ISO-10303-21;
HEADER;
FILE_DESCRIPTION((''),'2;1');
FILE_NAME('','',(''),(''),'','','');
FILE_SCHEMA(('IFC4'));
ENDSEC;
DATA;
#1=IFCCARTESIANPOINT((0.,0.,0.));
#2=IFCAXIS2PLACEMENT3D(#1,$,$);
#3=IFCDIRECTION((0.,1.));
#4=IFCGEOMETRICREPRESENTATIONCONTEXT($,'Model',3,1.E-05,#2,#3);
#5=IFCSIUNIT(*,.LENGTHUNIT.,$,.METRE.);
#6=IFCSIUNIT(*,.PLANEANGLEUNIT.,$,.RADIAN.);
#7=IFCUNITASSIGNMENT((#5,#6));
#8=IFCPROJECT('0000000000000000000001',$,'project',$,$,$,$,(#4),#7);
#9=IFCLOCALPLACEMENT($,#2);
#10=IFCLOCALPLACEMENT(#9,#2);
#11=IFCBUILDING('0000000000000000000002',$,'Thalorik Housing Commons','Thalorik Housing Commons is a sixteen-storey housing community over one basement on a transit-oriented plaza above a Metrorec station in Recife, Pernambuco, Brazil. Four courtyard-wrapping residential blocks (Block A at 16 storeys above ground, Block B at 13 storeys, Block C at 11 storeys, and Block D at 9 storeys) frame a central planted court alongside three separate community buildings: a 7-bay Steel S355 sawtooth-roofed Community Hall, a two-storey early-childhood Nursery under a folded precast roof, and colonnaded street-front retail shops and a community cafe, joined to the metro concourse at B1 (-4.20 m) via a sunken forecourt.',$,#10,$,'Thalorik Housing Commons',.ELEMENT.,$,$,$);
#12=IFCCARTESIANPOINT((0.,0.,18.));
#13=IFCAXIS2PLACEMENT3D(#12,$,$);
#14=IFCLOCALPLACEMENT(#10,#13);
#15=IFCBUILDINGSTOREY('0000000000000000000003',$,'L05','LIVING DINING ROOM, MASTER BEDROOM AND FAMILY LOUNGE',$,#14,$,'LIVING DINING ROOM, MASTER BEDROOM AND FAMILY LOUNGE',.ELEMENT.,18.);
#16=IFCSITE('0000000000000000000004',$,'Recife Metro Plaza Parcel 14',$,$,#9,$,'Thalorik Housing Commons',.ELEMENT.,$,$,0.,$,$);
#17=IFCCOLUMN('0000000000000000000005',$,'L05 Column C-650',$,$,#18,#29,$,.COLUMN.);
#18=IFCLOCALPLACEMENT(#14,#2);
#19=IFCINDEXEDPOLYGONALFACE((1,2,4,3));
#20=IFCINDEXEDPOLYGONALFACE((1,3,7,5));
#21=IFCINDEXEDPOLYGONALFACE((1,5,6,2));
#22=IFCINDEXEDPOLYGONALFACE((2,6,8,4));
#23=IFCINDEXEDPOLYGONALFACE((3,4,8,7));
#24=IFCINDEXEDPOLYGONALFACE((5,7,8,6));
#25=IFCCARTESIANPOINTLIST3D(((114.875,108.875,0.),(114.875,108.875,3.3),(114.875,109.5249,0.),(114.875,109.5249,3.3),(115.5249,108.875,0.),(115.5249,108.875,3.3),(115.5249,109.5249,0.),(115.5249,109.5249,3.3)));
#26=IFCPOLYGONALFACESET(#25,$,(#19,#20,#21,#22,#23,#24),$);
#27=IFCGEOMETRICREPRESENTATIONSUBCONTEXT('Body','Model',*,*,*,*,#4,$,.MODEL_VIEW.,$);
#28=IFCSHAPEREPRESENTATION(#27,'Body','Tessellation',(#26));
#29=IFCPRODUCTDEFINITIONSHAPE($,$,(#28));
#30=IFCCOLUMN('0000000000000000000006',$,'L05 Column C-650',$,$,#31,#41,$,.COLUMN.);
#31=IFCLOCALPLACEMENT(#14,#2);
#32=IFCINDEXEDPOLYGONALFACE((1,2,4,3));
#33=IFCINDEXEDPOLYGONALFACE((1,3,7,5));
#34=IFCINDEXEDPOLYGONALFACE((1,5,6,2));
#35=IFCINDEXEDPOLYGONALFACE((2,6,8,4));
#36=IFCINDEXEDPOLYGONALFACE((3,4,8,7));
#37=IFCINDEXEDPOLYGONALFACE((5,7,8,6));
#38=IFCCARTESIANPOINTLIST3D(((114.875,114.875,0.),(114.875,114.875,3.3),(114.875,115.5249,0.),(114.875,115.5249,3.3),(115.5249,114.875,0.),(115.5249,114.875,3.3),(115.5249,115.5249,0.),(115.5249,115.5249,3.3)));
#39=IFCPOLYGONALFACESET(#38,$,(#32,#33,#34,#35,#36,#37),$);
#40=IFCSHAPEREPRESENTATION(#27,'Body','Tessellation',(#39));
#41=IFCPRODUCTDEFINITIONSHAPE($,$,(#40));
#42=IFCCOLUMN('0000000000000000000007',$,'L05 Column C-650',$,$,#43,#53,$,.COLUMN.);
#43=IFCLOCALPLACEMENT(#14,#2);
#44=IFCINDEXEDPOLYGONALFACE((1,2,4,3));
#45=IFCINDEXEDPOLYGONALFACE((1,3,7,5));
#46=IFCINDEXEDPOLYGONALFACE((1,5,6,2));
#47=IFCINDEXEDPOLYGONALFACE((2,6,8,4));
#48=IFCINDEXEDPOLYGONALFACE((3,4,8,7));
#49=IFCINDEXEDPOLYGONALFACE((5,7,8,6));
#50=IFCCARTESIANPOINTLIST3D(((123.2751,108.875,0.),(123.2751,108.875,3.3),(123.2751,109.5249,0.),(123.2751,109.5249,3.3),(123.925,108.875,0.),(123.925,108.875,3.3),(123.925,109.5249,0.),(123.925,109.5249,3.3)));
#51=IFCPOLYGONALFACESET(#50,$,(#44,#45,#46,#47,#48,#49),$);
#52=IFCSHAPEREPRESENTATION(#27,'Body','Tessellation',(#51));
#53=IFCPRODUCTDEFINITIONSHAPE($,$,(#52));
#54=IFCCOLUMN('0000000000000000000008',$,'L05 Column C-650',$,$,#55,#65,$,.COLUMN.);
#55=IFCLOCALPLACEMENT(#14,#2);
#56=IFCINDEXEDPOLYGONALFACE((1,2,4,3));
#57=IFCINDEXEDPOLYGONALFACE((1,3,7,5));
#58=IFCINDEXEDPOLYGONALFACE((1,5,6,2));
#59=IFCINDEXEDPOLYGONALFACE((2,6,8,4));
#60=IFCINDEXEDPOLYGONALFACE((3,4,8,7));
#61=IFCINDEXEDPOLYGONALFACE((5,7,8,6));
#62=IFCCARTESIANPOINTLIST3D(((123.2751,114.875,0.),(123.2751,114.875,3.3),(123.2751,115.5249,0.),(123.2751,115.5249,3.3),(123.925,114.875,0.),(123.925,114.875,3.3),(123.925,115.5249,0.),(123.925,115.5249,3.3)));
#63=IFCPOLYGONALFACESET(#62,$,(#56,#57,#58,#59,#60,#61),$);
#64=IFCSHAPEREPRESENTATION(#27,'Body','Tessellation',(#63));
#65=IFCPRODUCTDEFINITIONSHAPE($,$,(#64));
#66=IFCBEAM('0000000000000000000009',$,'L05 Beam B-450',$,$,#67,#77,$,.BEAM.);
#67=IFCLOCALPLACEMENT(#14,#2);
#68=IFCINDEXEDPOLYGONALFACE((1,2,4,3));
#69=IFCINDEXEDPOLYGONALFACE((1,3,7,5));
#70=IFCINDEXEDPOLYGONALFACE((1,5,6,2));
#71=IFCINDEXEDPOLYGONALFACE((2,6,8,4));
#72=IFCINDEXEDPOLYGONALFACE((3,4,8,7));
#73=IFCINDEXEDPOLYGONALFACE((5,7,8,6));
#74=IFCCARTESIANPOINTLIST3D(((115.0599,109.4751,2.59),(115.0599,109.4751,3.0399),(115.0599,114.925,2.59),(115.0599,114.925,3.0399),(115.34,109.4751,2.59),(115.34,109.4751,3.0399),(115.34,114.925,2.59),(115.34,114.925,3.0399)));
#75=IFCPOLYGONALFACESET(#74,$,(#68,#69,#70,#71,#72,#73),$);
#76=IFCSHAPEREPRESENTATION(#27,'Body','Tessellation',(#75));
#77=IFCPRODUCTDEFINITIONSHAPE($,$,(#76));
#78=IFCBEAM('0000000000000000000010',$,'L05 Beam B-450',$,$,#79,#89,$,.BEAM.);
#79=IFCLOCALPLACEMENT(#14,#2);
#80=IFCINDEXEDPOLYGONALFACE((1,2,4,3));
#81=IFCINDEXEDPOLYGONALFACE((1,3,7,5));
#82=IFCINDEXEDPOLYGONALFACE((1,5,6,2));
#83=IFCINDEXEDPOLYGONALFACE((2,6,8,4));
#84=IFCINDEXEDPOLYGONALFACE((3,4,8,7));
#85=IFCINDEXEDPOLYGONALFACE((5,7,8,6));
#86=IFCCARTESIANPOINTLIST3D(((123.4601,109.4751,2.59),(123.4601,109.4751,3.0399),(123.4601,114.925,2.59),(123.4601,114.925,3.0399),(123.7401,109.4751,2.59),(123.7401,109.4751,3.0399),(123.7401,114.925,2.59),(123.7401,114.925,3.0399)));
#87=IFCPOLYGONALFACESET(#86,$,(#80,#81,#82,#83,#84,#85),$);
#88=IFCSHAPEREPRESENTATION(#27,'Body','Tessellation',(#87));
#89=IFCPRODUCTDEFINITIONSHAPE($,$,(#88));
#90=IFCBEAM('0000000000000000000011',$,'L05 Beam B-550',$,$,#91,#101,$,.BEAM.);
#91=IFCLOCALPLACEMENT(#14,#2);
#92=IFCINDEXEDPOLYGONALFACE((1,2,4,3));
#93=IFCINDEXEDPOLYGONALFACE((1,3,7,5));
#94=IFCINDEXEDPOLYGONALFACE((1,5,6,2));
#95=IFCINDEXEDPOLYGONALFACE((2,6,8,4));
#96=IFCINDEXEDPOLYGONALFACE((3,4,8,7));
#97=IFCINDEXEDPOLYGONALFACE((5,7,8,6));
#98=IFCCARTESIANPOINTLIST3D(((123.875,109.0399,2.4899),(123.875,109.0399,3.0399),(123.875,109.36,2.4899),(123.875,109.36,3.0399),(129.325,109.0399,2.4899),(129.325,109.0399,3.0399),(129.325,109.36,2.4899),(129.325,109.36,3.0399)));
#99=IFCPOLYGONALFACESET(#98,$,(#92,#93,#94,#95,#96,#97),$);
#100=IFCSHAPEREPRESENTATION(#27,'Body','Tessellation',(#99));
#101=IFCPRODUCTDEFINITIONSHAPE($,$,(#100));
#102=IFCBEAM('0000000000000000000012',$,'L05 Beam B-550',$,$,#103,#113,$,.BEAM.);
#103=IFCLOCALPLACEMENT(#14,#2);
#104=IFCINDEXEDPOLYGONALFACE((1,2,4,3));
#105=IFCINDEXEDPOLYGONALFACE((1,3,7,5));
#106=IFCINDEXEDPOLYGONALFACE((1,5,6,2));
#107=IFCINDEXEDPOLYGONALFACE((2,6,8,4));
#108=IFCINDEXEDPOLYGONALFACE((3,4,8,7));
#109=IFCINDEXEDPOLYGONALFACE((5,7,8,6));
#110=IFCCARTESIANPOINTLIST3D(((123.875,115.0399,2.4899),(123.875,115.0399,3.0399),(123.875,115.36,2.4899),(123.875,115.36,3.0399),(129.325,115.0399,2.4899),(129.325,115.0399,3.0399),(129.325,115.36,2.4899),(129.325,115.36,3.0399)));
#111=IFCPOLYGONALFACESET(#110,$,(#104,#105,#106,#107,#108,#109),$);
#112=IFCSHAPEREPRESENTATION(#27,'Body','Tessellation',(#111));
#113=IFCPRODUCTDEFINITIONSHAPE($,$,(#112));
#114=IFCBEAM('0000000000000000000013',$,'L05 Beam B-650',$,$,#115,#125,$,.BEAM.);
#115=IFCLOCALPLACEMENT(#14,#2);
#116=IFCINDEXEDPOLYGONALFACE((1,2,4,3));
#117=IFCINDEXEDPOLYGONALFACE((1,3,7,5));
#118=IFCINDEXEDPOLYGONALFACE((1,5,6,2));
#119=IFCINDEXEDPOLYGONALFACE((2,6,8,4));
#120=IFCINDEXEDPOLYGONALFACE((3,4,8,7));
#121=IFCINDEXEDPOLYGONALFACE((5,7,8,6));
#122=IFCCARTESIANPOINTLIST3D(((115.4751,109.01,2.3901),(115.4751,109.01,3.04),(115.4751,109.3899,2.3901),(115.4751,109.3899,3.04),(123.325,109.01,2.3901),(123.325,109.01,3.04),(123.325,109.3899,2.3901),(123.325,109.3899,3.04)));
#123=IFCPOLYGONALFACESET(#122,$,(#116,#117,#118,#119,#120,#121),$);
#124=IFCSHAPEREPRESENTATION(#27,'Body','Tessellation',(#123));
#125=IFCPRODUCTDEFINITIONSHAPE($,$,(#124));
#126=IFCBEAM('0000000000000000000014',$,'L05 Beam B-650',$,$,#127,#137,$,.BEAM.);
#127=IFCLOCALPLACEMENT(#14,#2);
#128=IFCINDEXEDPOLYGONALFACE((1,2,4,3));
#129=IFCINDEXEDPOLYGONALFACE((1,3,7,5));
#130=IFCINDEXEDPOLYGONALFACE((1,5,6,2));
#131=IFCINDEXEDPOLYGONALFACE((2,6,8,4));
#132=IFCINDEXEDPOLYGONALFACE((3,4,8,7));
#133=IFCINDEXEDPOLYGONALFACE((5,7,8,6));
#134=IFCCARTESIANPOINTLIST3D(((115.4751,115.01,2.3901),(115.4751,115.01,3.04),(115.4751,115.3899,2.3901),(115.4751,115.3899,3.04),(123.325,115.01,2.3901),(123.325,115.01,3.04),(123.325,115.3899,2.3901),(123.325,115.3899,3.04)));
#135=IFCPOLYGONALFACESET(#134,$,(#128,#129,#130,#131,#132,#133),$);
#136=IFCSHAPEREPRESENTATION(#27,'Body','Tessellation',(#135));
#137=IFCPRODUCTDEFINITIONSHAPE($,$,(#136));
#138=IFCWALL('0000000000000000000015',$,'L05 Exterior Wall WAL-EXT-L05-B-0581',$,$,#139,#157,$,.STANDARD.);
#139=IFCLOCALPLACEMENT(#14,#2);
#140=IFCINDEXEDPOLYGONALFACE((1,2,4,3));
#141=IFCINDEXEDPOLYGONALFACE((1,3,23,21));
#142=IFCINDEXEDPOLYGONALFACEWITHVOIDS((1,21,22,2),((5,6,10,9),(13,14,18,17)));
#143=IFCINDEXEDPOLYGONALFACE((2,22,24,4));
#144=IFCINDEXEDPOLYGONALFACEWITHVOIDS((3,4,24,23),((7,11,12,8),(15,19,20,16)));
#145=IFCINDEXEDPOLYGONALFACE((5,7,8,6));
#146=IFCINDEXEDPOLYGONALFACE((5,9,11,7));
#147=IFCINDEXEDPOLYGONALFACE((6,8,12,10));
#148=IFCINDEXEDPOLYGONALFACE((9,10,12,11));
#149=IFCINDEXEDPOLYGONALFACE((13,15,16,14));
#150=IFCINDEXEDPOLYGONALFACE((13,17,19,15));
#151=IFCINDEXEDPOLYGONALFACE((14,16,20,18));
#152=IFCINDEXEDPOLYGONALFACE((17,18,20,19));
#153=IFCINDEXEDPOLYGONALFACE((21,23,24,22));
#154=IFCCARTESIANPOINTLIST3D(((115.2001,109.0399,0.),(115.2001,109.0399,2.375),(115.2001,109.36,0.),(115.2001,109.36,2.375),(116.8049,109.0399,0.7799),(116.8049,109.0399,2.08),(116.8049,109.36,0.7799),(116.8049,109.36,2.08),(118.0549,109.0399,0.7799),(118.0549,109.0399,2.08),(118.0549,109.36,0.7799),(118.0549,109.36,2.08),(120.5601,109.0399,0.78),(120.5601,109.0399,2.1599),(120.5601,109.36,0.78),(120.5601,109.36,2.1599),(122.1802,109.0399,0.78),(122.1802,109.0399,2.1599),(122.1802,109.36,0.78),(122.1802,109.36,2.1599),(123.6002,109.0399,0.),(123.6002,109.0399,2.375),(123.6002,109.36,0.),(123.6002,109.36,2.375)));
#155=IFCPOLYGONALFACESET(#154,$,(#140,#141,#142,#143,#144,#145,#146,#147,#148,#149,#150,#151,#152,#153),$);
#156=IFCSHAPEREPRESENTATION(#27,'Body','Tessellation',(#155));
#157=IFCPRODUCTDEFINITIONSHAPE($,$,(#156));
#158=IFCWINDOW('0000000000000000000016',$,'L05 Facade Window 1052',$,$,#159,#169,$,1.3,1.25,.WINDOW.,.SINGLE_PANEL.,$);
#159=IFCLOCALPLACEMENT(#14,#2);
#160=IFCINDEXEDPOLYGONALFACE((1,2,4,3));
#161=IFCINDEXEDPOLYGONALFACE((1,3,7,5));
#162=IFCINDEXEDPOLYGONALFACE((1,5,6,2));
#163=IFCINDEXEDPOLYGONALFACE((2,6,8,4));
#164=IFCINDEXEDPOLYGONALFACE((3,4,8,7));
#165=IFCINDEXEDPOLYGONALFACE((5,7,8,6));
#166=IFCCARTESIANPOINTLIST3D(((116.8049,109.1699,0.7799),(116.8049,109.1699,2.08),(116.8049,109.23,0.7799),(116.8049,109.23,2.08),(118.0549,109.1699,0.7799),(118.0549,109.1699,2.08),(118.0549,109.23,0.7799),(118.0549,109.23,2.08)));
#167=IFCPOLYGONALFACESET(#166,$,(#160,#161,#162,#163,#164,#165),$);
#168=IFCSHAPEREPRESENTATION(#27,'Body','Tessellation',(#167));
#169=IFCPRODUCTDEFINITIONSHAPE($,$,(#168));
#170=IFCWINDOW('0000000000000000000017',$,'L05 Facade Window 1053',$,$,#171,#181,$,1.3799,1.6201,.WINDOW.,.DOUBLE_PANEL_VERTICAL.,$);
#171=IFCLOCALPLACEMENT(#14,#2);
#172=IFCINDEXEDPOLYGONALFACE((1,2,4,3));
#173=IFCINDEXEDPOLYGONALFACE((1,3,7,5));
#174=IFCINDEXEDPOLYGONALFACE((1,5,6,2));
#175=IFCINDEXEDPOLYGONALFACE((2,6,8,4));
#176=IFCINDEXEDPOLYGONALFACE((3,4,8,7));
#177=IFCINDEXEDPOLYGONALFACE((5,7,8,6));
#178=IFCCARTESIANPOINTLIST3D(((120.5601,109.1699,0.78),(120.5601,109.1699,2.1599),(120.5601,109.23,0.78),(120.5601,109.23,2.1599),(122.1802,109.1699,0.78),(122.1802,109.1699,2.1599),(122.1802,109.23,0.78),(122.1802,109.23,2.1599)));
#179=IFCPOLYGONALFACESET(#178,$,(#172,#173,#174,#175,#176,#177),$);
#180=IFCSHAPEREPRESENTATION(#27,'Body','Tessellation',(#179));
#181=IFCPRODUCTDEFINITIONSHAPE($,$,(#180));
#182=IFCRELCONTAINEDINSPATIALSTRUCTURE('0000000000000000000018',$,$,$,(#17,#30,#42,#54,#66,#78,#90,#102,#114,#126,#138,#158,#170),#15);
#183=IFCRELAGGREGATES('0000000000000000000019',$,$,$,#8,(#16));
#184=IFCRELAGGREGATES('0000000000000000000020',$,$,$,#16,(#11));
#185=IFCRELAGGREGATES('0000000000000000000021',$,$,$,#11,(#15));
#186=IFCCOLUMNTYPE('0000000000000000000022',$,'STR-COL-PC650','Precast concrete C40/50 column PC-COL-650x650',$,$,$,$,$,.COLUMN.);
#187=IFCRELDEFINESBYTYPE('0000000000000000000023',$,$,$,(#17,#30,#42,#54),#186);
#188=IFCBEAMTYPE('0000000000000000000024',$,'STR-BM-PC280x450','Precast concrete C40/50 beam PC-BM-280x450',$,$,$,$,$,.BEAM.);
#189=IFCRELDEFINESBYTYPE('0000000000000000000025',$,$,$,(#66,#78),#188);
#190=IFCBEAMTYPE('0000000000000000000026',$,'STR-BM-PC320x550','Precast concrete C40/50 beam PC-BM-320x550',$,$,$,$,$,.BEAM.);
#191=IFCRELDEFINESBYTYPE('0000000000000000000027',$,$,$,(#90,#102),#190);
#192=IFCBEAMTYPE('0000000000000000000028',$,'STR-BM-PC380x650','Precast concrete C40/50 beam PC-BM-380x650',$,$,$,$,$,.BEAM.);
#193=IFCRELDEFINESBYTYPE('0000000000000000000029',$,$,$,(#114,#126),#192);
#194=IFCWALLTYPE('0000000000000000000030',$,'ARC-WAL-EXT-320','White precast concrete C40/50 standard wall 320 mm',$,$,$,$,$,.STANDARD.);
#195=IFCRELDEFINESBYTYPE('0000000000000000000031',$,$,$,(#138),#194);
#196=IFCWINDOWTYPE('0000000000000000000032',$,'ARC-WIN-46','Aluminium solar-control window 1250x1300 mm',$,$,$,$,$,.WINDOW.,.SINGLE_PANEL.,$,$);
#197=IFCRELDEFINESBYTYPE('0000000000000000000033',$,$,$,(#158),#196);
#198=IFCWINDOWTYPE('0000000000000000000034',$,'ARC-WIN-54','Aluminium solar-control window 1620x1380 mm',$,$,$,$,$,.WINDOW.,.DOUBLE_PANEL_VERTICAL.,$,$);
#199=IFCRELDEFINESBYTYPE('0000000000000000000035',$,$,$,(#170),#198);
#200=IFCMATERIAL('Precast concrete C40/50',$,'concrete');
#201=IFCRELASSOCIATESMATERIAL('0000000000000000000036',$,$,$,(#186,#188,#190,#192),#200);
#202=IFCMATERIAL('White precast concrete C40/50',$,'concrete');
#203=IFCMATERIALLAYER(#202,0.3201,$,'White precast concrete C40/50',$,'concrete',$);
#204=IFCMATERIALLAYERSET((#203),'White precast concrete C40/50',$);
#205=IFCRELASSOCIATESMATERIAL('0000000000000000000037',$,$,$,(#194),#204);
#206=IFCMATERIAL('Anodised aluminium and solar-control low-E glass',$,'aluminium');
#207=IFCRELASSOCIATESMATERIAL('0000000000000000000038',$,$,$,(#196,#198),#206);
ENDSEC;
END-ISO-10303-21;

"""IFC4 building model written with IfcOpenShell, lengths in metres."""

from ifc_helpers import new_model, si_unit, direction, frame, frame_2d, origin, origin_2d, place, context, subcontext, project, spatial, rectangle, extrude, material, layer, layer_set, material_profile, profile_set, type_object, element, fill, save


model = new_model("IFC4")

# Units and contexts
model_context = context("Model", 3, precision=1e-05, world=origin(), true_north=direction((0.0, 1.0)))
body_context = subcontext(model_context, "Body", "Model", "MODEL_VIEW")
ifc_project = project(units=[si_unit("LENGTHUNIT", "METRE"), si_unit("PLANEANGLEUNIT", "RADIAN")], contexts=[model_context])

# Site, building, storey
site_placement = place(None, origin())
site = spatial("IfcSite", under=ifc_project, at=site_placement, Name="Recife Metro Plaza Parcel 14", LongName="Thalorik Housing Commons", CompositionType="ELEMENT", RefElevation=0.0)
building_placement = place(site_placement, origin())
building = spatial("IfcBuilding", under=site, at=building_placement, Name="Thalorik Housing Commons", Description="Thalorik Housing Commons is a sixteen-storey housing community over one basement on a transit-oriented plaza above a Metrorec station in Recife, Pernambuco, Brazil. Four courtyard-wrapping residential blocks (Block A at 16 storeys above ground, Block B at 13 storeys, Block C at 11 storeys, and Block D at 9 storeys) frame a central planted court alongside three separate community buildings: a 7-bay Steel S355 sawtooth-roofed Community Hall, a two-storey early-childhood Nursery under a folded precast roof, and colonnaded street-front retail shops and a community cafe, joined to the metro concourse at B1 (-4.20 m) via a sunken forecourt.", LongName="Thalorik Housing Commons", CompositionType="ELEMENT")
storey_placement = place(building_placement, frame((0.0, 0.0, 18.0)))
storey = spatial("IfcBuildingStorey", under=building, at=storey_placement, Name="L05", Description="LIVING DINING ROOM, MASTER BEDROOM AND FAMILY LOUNGE", LongName="LIVING DINING ROOM, MASTER BEDROOM AND FAMILY LOUNGE", CompositionType="ELEMENT", Elevation=18.0)

# Columns
ifc_material_1 = material(Name="Precast concrete C40/50", Category="concrete")
ifc_material_profile_1 = material_profile(ifc_material_1, rectangle(XDim=0.6499, YDim=0.6499, at=origin_2d()), Name="PC 650x650", Category="concrete")
ifc_profile_set_1 = profile_set([ifc_material_profile_1], Name="Precast concrete C40/50")
column_type = type_object("IfcColumnType", Name="STR-COL-PC650", Description="Precast concrete C40/50 column PC-COL-650x650", PredefinedType="COLUMN", material=ifc_profile_set_1)
for number, where, z_axis, x_axis, name in (
    (1, (115.2, 109.2, 0.0), (0.0, 0.0, 1.0), (1.0, 0.0, 0.0), "L05 Column C-650"),
    (2, (115.2, 115.2, 0.0), (0.0, 0.0, 1.0), (1.0, 0.0, 0.0), "L05 Column C-650"),
    (3, (123.6001, 109.2, 0.0), (0.0, 0.0, 1.0), (1.0, 0.0, 0.0), "L05 Column C-650"),
    (4, (123.6001, 115.2, 0.0), (0.0, 0.0, 1.0), (1.0, 0.0, 0.0), "L05 Column C-650"),
):
    element("IfcColumn", number, at=place(storey_placement, frame(where, z_axis=z_axis, x_axis=x_axis)), inside=storey, type_object=column_type, Name=name, PredefinedType="COLUMN", context=body_context, shape_type="SweptSolid", body=[
        extrude(rectangle(XDim=0.6499, YDim=0.6499, at=origin_2d()), origin(), (0.0, 0.0, 1.0), 3.3),
    ])

# Beams
ifc_material_profile_2 = material_profile(ifc_material_1, rectangle(XDim=0.28, YDim=0.45, at=origin_2d()), Name="PC 280x450", Category="concrete")
ifc_profile_set_2 = profile_set([ifc_material_profile_2], Name="Precast concrete C40/50")
beam_type_1 = type_object("IfcBeamType", Name="STR-BM-PC280x450", Description="Precast concrete C40/50 beam PC-BM-280x450", PredefinedType="BEAM", material=ifc_profile_set_2)
for number, where, z_axis, x_axis, name in (
    (5, (115.2, 109.4751, 2.8149), (0.0, 1.0, 0.0), (-1.0, 0.0, 0.0), "L05 Beam B-450"),
    (6, (123.6001, 109.4751, 2.8149), (0.0, 1.0, 0.0), (-1.0, 0.0, 0.0), "L05 Beam B-450"),
):
    element("IfcBeam", number, at=place(storey_placement, frame(where, z_axis=z_axis, x_axis=x_axis)), inside=storey, type_object=beam_type_1, Name=name, PredefinedType="BEAM", context=body_context, shape_type="SweptSolid", body=[
        extrude(rectangle(XDim=0.28, YDim=0.45, at=origin_2d()), origin(), (0.0, 0.0, 1.0), 5.45),
    ])
ifc_material_profile_3 = material_profile(ifc_material_1, rectangle(XDim=0.3201, YDim=0.55, at=origin_2d()), Name="PC 320x550", Category="concrete")
ifc_profile_set_3 = profile_set([ifc_material_profile_3], Name="Precast concrete C40/50")
beam_type_2 = type_object("IfcBeamType", Name="STR-BM-PC320x550", Description="Precast concrete C40/50 beam PC-BM-320x550", PredefinedType="BEAM", material=ifc_profile_set_3)
for number, where, z_axis, x_axis, name in (
    (7, (123.875, 109.2, 2.7649), (1.0, 0.0, 0.0), (0.0, 1.0, 0.0), "L05 Beam B-550"),
    (8, (123.875, 115.2, 2.7649), (1.0, 0.0, 0.0), (0.0, 1.0, 0.0), "L05 Beam B-550"),
):
    element("IfcBeam", number, at=place(storey_placement, frame(where, z_axis=z_axis, x_axis=x_axis)), inside=storey, type_object=beam_type_2, Name=name, PredefinedType="BEAM", context=body_context, shape_type="SweptSolid", body=[
        extrude(rectangle(XDim=0.3201, YDim=0.55, at=origin_2d()), origin(), (0.0, 0.0, 1.0), 5.45),
    ])
ifc_material_profile_4 = material_profile(ifc_material_1, rectangle(XDim=0.3799, YDim=0.6499, at=origin_2d()), Name="PC 380x650", Category="concrete")
ifc_profile_set_4 = profile_set([ifc_material_profile_4], Name="Precast concrete C40/50")
beam_type_3 = type_object("IfcBeamType", Name="STR-BM-PC380x650", Description="Precast concrete C40/50 beam PC-BM-380x650", PredefinedType="BEAM", material=ifc_profile_set_4)
for number, where, z_axis, x_axis, name in (
    (9, (115.4751, 109.2, 2.7151), (1.0, 0.0, 0.0), (0.0, 1.0, 0.0), "L05 Beam B-650"),
    (10, (115.4751, 115.2, 2.7151), (1.0, 0.0, 0.0), (0.0, 1.0, 0.0), "L05 Beam B-650"),
):
    element("IfcBeam", number, at=place(storey_placement, frame(where, z_axis=z_axis, x_axis=x_axis)), inside=storey, type_object=beam_type_3, Name=name, PredefinedType="BEAM", context=body_context, shape_type="SweptSolid", body=[
        extrude(rectangle(XDim=0.3799, YDim=0.6499, at=origin_2d()), origin(), (0.0, 0.0, 1.0), 7.8499),
    ])

# Wall, openings, windows
ifc_material_2 = material(Name="White precast concrete C40/50", Category="concrete")
ifc_layer_1 = layer(ifc_material_2, 0.3201, Name="White precast concrete C40/50", Category="concrete")
ifc_layer_set_1 = layer_set([ifc_layer_1], Name="White precast concrete C40/50")
wall_type_1 = type_object("IfcWallType", Name="ARC-WAL-EXT-320", Description="White precast concrete C40/50 standard wall 320 mm", PredefinedType="STANDARD", material=ifc_layer_set_1)
wall_1_placement = place(storey_placement, frame((115.2, 109.2, 0.0), z_axis=(0.0, 0.0, 1.0), x_axis=(1.0, 0.0, 0.0)))
wall_1 = element("IfcWall", 11, at=wall_1_placement, inside=storey, type_object=wall_type_1, Name="L05 Exterior Wall WAL-EXT-L05-B-0581", PredefinedType="STANDARD", context=body_context, shape_type="SweptSolid", body=[
    extrude(rectangle(XDim=8.4001, YDim=0.3201, at=frame_2d((4.2002, 0.0))), origin(), (0.0, 0.0, 1.0), 2.375),
])
opening_1_placement = place(wall_1_placement, frame((1.605, 0.0, 0.78)))
opening_1 = element("IfcOpeningElement", 12, at=opening_1_placement, cuts=wall_1, PredefinedType="OPENING", context=body_context, shape_type="SweptSolid", body=[
    extrude(rectangle(XDim=1.25, YDim=1.3, at=frame_2d((0.625, 0.6499))), frame((0.0, 0.1699, 0.0), z_axis=(0.0, -1.0, 0.0), x_axis=(1.0, 0.0, 0.0)), (0.0, 0.0, 1.0), 0.3401),
])
opening_2_placement = place(wall_1_placement, frame((5.3601, 0.0, 0.78)))
opening_2 = element("IfcOpeningElement", 13, at=opening_2_placement, cuts=wall_1, PredefinedType="OPENING", context=body_context, shape_type="SweptSolid", body=[
    extrude(rectangle(XDim=1.6201, YDim=1.3799, at=frame_2d((0.8101, 0.6899))), frame((0.0, 0.1699, 0.0), z_axis=(0.0, -1.0, 0.0), x_axis=(1.0, 0.0, 0.0)), (0.0, 0.0, 1.0), 0.3401),
])
ifc_material_3 = material(Name="Anodised aluminium and solar-control low-E glass", Category="aluminium")
window_type_1 = type_object("IfcWindowType", Name="ARC-WIN-46", Description="Aluminium solar-control window 1250x1300 mm", PartitioningType="SINGLE_PANEL", PredefinedType="WINDOW", material=ifc_material_3)
window_1_placement = place(opening_1_placement, origin())
window_1 = element("IfcWindow", 14, at=window_1_placement, inside=storey, type_object=window_type_1, Name="L05 Facade Window 1052", OverallHeight=1.3, OverallWidth=1.25, PartitioningType="SINGLE_PANEL", PredefinedType="WINDOW", context=body_context, shape_type="SweptSolid", body=[
    extrude(rectangle(XDim=1.25, YDim=1.3, at=frame_2d((0.625, 0.6499))), frame((0.0, 0.03, 0.0), z_axis=(0.0, -1.0, 0.0), x_axis=(1.0, 0.0, 0.0)), (0.0, 0.0, 1.0), 0.0601),
])
fill(opening_1, window_1)
window_type_2 = type_object("IfcWindowType", Name="ARC-WIN-54", Description="Aluminium solar-control window 1620x1380 mm", PartitioningType="DOUBLE_PANEL_VERTICAL", PredefinedType="WINDOW", material=ifc_material_3)
window_2_placement = place(opening_2_placement, origin())
window_2 = element("IfcWindow", 15, at=window_2_placement, inside=storey, type_object=window_type_2, Name="L05 Facade Window 1053", OverallHeight=1.3799, OverallWidth=1.6201, PartitioningType="DOUBLE_PANEL_VERTICAL", PredefinedType="WINDOW", context=body_context, shape_type="SweptSolid", body=[
    extrude(rectangle(XDim=1.6201, YDim=1.3799, at=frame_2d((0.8101, 0.6899))), frame((0.0, 0.03, 0.0), z_axis=(0.0, -1.0, 0.0), x_axis=(1.0, 0.0, 0.0)), (0.0, 0.0, 1.0), 0.0601),
])
fill(opening_2, window_2)

save(model, "model.ifc")
